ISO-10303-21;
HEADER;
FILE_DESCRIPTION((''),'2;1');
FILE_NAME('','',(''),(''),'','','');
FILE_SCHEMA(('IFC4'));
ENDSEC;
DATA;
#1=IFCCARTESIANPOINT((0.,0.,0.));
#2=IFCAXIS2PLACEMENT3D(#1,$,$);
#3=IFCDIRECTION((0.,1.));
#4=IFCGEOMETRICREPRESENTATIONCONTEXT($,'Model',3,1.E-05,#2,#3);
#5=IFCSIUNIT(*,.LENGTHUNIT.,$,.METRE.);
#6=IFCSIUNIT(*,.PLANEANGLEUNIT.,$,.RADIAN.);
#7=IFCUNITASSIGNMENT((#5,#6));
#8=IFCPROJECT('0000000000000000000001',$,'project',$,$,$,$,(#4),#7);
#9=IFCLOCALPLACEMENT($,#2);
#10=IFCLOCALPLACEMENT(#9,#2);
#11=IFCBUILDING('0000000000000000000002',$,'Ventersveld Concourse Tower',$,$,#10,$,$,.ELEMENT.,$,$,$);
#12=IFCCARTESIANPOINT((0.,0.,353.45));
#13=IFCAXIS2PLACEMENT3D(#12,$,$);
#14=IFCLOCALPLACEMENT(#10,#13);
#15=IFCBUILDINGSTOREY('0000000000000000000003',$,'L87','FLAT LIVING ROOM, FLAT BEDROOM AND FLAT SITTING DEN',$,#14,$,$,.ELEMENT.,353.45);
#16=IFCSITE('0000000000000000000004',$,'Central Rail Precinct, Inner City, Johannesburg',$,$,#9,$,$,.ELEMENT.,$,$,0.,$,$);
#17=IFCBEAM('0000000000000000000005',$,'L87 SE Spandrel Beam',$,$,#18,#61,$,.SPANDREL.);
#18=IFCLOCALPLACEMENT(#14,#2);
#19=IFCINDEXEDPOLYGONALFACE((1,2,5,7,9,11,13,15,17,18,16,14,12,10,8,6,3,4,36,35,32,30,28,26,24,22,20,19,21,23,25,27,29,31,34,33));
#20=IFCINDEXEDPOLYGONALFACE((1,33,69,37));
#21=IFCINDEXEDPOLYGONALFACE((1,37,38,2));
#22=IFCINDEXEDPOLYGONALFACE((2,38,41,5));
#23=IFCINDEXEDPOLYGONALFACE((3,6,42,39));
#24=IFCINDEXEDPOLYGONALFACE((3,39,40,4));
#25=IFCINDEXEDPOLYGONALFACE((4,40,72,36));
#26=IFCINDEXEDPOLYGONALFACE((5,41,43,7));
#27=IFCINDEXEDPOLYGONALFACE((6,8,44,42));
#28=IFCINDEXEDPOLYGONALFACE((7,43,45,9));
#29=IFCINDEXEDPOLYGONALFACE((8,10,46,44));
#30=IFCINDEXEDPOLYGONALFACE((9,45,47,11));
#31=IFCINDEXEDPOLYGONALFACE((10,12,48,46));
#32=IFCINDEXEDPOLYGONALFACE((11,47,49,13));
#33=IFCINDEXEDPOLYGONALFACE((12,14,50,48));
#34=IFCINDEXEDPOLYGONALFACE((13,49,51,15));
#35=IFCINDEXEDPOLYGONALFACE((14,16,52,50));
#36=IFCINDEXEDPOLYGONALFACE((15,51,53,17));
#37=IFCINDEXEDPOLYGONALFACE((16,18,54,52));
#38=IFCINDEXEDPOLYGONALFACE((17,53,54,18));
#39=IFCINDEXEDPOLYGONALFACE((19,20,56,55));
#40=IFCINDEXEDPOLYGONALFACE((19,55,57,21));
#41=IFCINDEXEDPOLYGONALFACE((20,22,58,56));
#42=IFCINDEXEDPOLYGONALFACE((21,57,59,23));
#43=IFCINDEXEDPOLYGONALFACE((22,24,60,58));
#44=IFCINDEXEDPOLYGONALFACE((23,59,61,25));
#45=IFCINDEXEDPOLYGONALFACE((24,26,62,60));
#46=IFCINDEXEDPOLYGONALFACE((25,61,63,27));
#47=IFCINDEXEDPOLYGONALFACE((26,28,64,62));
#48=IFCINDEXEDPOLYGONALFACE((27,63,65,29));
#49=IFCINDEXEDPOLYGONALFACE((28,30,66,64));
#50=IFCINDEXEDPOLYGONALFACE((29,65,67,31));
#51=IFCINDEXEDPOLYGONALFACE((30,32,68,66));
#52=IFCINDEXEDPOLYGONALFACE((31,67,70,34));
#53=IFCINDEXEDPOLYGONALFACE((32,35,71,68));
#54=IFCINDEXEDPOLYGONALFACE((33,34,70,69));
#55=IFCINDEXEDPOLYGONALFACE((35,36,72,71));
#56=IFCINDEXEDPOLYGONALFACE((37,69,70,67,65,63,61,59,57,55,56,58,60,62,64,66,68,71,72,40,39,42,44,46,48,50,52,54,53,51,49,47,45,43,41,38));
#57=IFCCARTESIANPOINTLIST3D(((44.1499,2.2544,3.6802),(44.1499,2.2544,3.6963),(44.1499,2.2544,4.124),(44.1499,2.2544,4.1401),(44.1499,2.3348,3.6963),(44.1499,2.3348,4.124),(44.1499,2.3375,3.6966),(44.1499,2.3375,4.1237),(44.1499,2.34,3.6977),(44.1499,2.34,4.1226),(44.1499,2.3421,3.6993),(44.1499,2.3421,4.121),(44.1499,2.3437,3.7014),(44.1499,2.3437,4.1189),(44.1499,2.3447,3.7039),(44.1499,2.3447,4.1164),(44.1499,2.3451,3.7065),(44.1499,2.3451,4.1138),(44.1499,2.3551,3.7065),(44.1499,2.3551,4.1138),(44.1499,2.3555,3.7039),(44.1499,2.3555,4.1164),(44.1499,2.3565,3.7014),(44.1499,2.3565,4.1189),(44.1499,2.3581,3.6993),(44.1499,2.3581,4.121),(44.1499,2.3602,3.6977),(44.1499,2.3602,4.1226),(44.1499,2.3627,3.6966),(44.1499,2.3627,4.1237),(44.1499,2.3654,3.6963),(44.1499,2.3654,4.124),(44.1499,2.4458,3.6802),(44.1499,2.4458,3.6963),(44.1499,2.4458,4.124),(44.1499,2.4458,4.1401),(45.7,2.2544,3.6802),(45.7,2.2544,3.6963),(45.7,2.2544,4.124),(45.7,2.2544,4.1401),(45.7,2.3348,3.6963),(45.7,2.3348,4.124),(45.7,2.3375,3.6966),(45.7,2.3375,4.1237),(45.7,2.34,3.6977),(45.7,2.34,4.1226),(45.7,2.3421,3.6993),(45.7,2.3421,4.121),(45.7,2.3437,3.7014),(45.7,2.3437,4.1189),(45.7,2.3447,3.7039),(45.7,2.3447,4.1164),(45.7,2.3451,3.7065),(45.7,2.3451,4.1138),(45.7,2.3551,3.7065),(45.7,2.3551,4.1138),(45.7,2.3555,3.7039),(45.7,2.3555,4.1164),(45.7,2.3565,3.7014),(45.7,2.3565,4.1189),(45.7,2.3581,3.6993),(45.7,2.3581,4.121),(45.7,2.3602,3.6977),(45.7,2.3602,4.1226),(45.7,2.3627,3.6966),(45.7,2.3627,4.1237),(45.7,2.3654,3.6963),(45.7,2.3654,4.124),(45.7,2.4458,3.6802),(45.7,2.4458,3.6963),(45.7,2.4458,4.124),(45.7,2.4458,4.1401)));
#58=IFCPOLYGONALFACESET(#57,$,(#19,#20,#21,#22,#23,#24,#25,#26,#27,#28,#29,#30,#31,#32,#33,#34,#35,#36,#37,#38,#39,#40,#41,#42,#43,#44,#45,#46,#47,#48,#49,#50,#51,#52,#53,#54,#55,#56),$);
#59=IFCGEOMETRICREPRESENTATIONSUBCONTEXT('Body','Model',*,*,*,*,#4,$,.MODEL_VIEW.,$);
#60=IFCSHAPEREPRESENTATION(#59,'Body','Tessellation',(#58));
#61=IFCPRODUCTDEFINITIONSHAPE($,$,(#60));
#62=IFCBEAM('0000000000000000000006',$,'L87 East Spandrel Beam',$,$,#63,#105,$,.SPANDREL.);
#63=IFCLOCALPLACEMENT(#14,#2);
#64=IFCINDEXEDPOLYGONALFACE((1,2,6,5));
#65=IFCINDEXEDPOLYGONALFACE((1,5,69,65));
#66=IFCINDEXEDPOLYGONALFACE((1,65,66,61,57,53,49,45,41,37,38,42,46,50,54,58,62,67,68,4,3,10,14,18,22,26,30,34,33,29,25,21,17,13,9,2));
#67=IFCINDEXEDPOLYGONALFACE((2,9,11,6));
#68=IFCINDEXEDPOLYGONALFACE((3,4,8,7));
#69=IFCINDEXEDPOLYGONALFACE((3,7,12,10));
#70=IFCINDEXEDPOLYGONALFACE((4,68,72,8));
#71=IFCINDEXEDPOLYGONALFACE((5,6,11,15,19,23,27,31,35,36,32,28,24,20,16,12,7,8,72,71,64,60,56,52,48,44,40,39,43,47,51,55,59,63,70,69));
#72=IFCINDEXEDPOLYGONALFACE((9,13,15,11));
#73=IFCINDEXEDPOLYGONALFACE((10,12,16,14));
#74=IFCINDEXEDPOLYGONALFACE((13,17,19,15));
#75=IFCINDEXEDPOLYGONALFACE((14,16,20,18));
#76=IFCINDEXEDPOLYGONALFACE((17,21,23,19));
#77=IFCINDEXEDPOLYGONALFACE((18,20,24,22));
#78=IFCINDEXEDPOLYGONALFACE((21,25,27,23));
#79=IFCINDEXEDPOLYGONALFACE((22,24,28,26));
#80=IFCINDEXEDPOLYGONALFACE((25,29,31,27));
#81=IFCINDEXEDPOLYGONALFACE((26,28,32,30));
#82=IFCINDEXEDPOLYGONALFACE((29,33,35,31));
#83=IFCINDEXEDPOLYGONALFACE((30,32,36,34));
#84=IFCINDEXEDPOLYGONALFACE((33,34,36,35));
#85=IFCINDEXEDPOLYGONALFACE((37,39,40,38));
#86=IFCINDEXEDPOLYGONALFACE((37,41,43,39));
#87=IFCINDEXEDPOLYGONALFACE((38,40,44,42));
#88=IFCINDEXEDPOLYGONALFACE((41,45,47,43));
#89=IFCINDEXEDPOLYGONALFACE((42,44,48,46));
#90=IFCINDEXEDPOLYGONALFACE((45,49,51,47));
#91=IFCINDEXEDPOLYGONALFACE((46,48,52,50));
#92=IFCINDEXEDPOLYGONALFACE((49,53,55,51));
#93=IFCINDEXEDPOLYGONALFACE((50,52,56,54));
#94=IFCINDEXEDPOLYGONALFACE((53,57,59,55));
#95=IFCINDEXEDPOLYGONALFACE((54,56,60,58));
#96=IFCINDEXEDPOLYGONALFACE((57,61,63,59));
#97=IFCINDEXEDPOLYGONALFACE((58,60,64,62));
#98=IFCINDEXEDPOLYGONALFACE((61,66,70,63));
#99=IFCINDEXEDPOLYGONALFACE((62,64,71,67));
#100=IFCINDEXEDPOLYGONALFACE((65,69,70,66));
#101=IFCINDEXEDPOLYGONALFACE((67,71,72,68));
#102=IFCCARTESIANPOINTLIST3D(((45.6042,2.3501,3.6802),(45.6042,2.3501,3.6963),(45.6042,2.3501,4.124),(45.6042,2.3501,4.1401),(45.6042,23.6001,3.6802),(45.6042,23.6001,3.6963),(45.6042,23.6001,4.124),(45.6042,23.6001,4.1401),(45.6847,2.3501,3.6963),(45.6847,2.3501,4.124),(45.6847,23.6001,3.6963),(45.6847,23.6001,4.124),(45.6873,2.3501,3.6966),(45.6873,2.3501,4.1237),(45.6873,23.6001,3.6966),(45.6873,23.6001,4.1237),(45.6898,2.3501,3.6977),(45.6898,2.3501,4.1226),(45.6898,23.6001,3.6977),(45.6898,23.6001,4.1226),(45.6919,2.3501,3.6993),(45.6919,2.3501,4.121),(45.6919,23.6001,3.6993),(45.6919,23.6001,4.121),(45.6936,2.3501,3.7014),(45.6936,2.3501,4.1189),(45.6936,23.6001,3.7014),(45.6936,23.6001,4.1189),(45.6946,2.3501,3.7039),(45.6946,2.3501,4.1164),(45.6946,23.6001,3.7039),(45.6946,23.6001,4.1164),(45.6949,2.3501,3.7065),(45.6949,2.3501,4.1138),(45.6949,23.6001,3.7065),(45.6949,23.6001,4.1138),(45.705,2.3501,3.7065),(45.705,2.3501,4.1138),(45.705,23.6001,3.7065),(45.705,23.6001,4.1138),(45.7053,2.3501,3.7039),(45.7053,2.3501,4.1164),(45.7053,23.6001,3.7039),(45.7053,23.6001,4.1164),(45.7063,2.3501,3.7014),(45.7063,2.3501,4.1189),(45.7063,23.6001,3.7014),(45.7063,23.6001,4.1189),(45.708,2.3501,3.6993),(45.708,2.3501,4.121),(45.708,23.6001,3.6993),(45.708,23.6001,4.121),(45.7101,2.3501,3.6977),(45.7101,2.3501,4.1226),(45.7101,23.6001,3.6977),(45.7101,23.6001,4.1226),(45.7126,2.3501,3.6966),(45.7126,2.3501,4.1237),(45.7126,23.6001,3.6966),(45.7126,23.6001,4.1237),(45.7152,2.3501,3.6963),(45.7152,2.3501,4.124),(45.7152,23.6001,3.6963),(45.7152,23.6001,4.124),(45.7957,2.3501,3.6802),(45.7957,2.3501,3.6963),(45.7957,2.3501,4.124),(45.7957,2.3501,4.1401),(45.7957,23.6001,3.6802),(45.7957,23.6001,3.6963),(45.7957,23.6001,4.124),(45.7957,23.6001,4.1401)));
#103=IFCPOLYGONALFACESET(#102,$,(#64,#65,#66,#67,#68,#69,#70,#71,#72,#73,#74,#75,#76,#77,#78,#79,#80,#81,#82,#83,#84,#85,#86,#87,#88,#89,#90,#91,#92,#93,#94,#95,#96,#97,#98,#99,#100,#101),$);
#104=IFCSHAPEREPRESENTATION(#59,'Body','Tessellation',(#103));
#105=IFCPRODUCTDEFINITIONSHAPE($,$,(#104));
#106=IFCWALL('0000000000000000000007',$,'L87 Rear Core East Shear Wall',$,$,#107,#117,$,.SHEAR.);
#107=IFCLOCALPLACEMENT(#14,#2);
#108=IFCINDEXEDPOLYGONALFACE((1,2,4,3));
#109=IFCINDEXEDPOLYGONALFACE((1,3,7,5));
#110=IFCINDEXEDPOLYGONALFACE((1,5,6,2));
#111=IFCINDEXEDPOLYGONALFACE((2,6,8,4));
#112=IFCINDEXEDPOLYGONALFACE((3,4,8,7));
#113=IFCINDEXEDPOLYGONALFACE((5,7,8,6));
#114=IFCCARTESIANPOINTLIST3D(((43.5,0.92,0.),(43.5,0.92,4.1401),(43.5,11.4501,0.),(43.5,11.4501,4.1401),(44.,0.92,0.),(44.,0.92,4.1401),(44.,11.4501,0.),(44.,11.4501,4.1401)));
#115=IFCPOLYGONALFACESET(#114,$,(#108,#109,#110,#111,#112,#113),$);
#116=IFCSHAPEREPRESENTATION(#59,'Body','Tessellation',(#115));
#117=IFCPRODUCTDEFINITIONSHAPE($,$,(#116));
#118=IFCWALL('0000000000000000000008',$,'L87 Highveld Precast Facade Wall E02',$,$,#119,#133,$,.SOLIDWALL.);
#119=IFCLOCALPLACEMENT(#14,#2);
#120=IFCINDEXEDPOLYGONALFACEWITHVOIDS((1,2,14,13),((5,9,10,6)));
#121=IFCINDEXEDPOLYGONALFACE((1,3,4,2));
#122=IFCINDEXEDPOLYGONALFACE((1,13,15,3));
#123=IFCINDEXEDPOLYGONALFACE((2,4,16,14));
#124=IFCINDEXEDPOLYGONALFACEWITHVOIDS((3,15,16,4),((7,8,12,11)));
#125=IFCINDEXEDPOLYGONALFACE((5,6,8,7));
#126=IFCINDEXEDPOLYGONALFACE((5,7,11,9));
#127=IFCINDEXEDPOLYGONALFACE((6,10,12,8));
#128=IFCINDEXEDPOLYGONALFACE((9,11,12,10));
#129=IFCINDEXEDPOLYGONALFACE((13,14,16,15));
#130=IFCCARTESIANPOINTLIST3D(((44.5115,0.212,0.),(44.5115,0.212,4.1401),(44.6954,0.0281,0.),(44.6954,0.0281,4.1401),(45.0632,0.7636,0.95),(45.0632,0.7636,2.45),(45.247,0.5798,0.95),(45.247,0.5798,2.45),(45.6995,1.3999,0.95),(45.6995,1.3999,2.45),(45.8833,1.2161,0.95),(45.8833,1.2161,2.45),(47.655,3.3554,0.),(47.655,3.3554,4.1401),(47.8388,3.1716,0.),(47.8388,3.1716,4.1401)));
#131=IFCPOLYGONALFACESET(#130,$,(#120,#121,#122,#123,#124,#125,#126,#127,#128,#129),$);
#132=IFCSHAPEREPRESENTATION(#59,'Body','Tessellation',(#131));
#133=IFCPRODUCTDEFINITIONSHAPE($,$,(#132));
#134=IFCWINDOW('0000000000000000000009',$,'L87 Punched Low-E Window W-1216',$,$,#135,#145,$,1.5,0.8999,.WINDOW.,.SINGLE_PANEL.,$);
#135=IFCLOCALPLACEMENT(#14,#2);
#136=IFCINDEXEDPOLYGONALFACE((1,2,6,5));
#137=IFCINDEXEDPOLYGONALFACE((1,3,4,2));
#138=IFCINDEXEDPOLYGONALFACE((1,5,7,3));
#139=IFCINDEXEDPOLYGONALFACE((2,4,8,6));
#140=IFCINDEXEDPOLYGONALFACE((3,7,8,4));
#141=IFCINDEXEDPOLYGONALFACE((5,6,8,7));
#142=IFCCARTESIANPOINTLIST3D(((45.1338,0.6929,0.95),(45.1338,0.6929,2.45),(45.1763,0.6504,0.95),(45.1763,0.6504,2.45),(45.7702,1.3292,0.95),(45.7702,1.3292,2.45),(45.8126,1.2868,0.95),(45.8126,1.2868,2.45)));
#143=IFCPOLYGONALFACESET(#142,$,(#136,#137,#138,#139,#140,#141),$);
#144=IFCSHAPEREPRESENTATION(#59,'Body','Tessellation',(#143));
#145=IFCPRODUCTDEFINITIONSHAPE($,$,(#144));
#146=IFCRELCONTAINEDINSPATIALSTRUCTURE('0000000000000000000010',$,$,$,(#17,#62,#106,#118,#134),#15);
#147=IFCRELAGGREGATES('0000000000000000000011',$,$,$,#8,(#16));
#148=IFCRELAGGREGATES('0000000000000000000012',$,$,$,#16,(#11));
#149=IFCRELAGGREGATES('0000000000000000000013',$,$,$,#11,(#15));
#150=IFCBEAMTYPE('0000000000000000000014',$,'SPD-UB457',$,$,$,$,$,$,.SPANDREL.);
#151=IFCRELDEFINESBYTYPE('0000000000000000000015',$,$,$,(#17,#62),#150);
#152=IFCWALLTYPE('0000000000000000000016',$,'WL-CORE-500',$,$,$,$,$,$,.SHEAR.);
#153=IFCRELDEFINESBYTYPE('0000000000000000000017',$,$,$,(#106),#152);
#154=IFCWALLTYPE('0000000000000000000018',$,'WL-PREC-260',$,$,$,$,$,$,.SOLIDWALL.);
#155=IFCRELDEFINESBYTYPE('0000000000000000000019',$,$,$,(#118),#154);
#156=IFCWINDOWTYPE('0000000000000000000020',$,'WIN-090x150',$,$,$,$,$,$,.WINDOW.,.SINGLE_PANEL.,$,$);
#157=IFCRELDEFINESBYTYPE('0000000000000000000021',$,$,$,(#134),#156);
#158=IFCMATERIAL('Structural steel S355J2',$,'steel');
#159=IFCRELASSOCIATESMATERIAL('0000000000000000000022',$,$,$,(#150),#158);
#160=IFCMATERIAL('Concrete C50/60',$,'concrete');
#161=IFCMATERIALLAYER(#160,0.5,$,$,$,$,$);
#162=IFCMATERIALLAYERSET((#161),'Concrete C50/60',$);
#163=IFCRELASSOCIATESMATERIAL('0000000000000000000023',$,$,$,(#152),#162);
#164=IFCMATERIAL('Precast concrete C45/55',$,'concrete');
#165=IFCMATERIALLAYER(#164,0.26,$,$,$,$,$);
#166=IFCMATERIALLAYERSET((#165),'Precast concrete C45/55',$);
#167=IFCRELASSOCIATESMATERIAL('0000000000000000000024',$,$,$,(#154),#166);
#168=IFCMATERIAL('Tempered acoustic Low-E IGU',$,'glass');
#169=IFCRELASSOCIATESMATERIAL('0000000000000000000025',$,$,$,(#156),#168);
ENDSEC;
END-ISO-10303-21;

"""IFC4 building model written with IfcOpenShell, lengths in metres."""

from ifc_helpers import new_model, si_unit, direction, frame, frame_2d, origin, origin_2d, place, context, subcontext, project, spatial, rectangle, i_section, extrude, material, layer, layer_set, material_profile, profile_set, type_object, element, fill, save


model = new_model("IFC4")

# Units and contexts
model_context = context("Model", 3, precision=1e-05, world=origin(), true_north=direction((0.0, 1.0)))
body_context = subcontext(model_context, "Body", "Model", "MODEL_VIEW")
ifc_project = project(units=[si_unit("LENGTHUNIT", "METRE"), si_unit("PLANEANGLEUNIT", "RADIAN")], contexts=[model_context])

# Site, building, storey
site_placement = place(None, origin())
site = spatial("IfcSite", under=ifc_project, at=site_placement, Name="Central Rail Precinct, Inner City, Johannesburg", CompositionType="ELEMENT", RefElevation=0.0)
building_placement = place(site_placement, origin())
building = spatial("IfcBuilding", under=site, at=building_placement, Name="Ventersveld Concourse Tower", CompositionType="ELEMENT")
storey_placement = place(building_placement, frame((0.0, 0.0, 353.45)))
storey = spatial("IfcBuildingStorey", under=building, at=storey_placement, Name="L87", Description="FLAT LIVING ROOM, FLAT BEDROOM AND FLAT SITTING DEN", CompositionType="ELEMENT", Elevation=353.45)

# Shared definitions
ifc_material_1 = material(Name="Concrete C50/60", Category="concrete")

# Shared definitions
ifc_material_2 = material(Name="Structural steel S355J2", Category="steel")

# Beams
ifc_material_profile_1 = material_profile(ifc_material_2, i_section(OverallWidth=0.1914, OverallDepth=0.46, WebThickness=0.01, FlangeThickness=0.0161, FilletRadius=0.0103, at=origin_2d()), Name="UB 457x191x82")
ifc_profile_set_1 = profile_set([ifc_material_profile_1], Name="Structural steel S355J2")
beam_type_1 = type_object("IfcBeamType", Name="SPD-UB457", PredefinedType="SPANDREL", material=ifc_profile_set_1)
beam_1_placement = place(storey_placement, frame((44.1499, 2.3501, 3.9102), z_axis=(1.0, 0.0, 0.0), x_axis=(0.0, 1.0, 0.0)))
element("IfcBeam", 1, at=beam_1_placement, inside=storey, type_object=beam_type_1, Name="L87 SE Spandrel Beam", PredefinedType="SPANDREL", context=body_context, shape_type="SweptSolid", body=[
    extrude(i_section(OverallWidth=0.1914, OverallDepth=0.46, WebThickness=0.01, FlangeThickness=0.0161, FilletRadius=0.0103, at=origin_2d()), origin(), (0.0, 0.0, 1.0), 1.55),
])
beam_2_placement = place(storey_placement, frame((45.7, 2.3501, 3.9102), z_axis=(0.0, 1.0, 0.0), x_axis=(-1.0, 0.0, 0.0)))
element("IfcBeam", 2, at=beam_2_placement, inside=storey, type_object=beam_type_1, Name="L87 East Spandrel Beam", PredefinedType="SPANDREL", context=body_context, shape_type="SweptSolid", body=[
    extrude(i_section(OverallWidth=0.1914, OverallDepth=0.46, WebThickness=0.01, FlangeThickness=0.0161, FilletRadius=0.0103, at=origin_2d()), origin(), (0.0, 0.0, 1.0), 21.25),
])

# Wall
ifc_layer_1 = layer(ifc_material_1, 0.5)
ifc_layer_set_1 = layer_set([ifc_layer_1], Name="Concrete C50/60")
wall_type_1 = type_object("IfcWallType", Name="WL-CORE-500", PredefinedType="SHEAR", material=ifc_layer_set_1)
wall_1_placement = place(storey_placement, frame((43.75, 0.9199, 0.0), z_axis=(0.0, 0.0, 1.0), x_axis=(0.0, 1.0, 0.0)))
element("IfcWall", 3, at=wall_1_placement, inside=storey, type_object=wall_type_1, Name="L87 Rear Core East Shear Wall", PredefinedType="SHEAR", context=body_context, shape_type="SweptSolid", body=[
    extrude(rectangle(XDim=10.53, YDim=0.5, at=frame_2d((5.2651, 0.0))), origin(), (0.0, 0.0, 1.0), 4.1401),
])

# Wall, opening, window
ifc_material_3 = material(Name="Precast concrete C45/55", Category="concrete")
ifc_layer_2 = layer(ifc_material_3, 0.26)
ifc_layer_set_2 = layer_set([ifc_layer_2], Name="Precast concrete C45/55")
wall_type_2 = type_object("IfcWallType", Name="WL-PREC-260", PredefinedType="SOLIDWALL", material=ifc_layer_set_2)
wall_2_placement = place(storey_placement, frame((44.6035, 0.1201, 0.0), z_axis=(0.0, 0.0, 1.0), x_axis=(0.707107, 0.707107, 0.0)))
wall_2 = element("IfcWall", 4, at=wall_2_placement, inside=storey, type_object=wall_type_2, Name="L87 Highveld Precast Facade Wall E02", PredefinedType="SOLIDWALL", context=body_context, shape_type="SweptSolid", body=[
    extrude(rectangle(XDim=4.4456, YDim=0.26, at=frame_2d((2.2227, 0.0))), origin(), (0.0, 0.0, 1.0), 4.1401),
])
opening_1_placement = place(wall_2_placement, frame((0.78, 0.0, 0.95)))
opening_1 = element("IfcOpeningElement", 5, at=opening_1_placement, cuts=wall_2, PredefinedType="OPENING", context=body_context, shape_type="SweptSolid", body=[
    extrude(rectangle(XDim=0.8999, YDim=1.5, at=frame_2d((0.45, 0.75))), frame((0.0, 0.1401, 0.0), z_axis=(0.0, -1.0, 0.0), x_axis=(1.0, 0.0, 0.0)), (0.0, 0.0, 1.0), 0.28),
])
ifc_material_4 = material(Name="Tempered acoustic Low-E IGU", Category="glass")
window_type_1 = type_object("IfcWindowType", Name="WIN-090x150", PartitioningType="SINGLE_PANEL", PredefinedType="WINDOW", material=ifc_material_4)
window_1_placement = place(opening_1_placement, origin())
window_1 = element("IfcWindow", 6, at=window_1_placement, inside=storey, type_object=window_type_1, Name="L87 Punched Low-E Window W-1216", OverallHeight=1.5, OverallWidth=0.8999, PartitioningType="SINGLE_PANEL", PredefinedType="WINDOW", context=body_context, shape_type="SweptSolid", body=[
    extrude(rectangle(XDim=0.8999, YDim=1.5, at=frame_2d((0.45, 0.75))), frame((0.0, 0.03, 0.0), z_axis=(0.0, -1.0, 0.0), x_axis=(1.0, 0.0, 0.0)), (0.0, 0.0, 1.0), 0.0601),
])
fill(opening_1, window_1)

save(model, "model.ifc")
